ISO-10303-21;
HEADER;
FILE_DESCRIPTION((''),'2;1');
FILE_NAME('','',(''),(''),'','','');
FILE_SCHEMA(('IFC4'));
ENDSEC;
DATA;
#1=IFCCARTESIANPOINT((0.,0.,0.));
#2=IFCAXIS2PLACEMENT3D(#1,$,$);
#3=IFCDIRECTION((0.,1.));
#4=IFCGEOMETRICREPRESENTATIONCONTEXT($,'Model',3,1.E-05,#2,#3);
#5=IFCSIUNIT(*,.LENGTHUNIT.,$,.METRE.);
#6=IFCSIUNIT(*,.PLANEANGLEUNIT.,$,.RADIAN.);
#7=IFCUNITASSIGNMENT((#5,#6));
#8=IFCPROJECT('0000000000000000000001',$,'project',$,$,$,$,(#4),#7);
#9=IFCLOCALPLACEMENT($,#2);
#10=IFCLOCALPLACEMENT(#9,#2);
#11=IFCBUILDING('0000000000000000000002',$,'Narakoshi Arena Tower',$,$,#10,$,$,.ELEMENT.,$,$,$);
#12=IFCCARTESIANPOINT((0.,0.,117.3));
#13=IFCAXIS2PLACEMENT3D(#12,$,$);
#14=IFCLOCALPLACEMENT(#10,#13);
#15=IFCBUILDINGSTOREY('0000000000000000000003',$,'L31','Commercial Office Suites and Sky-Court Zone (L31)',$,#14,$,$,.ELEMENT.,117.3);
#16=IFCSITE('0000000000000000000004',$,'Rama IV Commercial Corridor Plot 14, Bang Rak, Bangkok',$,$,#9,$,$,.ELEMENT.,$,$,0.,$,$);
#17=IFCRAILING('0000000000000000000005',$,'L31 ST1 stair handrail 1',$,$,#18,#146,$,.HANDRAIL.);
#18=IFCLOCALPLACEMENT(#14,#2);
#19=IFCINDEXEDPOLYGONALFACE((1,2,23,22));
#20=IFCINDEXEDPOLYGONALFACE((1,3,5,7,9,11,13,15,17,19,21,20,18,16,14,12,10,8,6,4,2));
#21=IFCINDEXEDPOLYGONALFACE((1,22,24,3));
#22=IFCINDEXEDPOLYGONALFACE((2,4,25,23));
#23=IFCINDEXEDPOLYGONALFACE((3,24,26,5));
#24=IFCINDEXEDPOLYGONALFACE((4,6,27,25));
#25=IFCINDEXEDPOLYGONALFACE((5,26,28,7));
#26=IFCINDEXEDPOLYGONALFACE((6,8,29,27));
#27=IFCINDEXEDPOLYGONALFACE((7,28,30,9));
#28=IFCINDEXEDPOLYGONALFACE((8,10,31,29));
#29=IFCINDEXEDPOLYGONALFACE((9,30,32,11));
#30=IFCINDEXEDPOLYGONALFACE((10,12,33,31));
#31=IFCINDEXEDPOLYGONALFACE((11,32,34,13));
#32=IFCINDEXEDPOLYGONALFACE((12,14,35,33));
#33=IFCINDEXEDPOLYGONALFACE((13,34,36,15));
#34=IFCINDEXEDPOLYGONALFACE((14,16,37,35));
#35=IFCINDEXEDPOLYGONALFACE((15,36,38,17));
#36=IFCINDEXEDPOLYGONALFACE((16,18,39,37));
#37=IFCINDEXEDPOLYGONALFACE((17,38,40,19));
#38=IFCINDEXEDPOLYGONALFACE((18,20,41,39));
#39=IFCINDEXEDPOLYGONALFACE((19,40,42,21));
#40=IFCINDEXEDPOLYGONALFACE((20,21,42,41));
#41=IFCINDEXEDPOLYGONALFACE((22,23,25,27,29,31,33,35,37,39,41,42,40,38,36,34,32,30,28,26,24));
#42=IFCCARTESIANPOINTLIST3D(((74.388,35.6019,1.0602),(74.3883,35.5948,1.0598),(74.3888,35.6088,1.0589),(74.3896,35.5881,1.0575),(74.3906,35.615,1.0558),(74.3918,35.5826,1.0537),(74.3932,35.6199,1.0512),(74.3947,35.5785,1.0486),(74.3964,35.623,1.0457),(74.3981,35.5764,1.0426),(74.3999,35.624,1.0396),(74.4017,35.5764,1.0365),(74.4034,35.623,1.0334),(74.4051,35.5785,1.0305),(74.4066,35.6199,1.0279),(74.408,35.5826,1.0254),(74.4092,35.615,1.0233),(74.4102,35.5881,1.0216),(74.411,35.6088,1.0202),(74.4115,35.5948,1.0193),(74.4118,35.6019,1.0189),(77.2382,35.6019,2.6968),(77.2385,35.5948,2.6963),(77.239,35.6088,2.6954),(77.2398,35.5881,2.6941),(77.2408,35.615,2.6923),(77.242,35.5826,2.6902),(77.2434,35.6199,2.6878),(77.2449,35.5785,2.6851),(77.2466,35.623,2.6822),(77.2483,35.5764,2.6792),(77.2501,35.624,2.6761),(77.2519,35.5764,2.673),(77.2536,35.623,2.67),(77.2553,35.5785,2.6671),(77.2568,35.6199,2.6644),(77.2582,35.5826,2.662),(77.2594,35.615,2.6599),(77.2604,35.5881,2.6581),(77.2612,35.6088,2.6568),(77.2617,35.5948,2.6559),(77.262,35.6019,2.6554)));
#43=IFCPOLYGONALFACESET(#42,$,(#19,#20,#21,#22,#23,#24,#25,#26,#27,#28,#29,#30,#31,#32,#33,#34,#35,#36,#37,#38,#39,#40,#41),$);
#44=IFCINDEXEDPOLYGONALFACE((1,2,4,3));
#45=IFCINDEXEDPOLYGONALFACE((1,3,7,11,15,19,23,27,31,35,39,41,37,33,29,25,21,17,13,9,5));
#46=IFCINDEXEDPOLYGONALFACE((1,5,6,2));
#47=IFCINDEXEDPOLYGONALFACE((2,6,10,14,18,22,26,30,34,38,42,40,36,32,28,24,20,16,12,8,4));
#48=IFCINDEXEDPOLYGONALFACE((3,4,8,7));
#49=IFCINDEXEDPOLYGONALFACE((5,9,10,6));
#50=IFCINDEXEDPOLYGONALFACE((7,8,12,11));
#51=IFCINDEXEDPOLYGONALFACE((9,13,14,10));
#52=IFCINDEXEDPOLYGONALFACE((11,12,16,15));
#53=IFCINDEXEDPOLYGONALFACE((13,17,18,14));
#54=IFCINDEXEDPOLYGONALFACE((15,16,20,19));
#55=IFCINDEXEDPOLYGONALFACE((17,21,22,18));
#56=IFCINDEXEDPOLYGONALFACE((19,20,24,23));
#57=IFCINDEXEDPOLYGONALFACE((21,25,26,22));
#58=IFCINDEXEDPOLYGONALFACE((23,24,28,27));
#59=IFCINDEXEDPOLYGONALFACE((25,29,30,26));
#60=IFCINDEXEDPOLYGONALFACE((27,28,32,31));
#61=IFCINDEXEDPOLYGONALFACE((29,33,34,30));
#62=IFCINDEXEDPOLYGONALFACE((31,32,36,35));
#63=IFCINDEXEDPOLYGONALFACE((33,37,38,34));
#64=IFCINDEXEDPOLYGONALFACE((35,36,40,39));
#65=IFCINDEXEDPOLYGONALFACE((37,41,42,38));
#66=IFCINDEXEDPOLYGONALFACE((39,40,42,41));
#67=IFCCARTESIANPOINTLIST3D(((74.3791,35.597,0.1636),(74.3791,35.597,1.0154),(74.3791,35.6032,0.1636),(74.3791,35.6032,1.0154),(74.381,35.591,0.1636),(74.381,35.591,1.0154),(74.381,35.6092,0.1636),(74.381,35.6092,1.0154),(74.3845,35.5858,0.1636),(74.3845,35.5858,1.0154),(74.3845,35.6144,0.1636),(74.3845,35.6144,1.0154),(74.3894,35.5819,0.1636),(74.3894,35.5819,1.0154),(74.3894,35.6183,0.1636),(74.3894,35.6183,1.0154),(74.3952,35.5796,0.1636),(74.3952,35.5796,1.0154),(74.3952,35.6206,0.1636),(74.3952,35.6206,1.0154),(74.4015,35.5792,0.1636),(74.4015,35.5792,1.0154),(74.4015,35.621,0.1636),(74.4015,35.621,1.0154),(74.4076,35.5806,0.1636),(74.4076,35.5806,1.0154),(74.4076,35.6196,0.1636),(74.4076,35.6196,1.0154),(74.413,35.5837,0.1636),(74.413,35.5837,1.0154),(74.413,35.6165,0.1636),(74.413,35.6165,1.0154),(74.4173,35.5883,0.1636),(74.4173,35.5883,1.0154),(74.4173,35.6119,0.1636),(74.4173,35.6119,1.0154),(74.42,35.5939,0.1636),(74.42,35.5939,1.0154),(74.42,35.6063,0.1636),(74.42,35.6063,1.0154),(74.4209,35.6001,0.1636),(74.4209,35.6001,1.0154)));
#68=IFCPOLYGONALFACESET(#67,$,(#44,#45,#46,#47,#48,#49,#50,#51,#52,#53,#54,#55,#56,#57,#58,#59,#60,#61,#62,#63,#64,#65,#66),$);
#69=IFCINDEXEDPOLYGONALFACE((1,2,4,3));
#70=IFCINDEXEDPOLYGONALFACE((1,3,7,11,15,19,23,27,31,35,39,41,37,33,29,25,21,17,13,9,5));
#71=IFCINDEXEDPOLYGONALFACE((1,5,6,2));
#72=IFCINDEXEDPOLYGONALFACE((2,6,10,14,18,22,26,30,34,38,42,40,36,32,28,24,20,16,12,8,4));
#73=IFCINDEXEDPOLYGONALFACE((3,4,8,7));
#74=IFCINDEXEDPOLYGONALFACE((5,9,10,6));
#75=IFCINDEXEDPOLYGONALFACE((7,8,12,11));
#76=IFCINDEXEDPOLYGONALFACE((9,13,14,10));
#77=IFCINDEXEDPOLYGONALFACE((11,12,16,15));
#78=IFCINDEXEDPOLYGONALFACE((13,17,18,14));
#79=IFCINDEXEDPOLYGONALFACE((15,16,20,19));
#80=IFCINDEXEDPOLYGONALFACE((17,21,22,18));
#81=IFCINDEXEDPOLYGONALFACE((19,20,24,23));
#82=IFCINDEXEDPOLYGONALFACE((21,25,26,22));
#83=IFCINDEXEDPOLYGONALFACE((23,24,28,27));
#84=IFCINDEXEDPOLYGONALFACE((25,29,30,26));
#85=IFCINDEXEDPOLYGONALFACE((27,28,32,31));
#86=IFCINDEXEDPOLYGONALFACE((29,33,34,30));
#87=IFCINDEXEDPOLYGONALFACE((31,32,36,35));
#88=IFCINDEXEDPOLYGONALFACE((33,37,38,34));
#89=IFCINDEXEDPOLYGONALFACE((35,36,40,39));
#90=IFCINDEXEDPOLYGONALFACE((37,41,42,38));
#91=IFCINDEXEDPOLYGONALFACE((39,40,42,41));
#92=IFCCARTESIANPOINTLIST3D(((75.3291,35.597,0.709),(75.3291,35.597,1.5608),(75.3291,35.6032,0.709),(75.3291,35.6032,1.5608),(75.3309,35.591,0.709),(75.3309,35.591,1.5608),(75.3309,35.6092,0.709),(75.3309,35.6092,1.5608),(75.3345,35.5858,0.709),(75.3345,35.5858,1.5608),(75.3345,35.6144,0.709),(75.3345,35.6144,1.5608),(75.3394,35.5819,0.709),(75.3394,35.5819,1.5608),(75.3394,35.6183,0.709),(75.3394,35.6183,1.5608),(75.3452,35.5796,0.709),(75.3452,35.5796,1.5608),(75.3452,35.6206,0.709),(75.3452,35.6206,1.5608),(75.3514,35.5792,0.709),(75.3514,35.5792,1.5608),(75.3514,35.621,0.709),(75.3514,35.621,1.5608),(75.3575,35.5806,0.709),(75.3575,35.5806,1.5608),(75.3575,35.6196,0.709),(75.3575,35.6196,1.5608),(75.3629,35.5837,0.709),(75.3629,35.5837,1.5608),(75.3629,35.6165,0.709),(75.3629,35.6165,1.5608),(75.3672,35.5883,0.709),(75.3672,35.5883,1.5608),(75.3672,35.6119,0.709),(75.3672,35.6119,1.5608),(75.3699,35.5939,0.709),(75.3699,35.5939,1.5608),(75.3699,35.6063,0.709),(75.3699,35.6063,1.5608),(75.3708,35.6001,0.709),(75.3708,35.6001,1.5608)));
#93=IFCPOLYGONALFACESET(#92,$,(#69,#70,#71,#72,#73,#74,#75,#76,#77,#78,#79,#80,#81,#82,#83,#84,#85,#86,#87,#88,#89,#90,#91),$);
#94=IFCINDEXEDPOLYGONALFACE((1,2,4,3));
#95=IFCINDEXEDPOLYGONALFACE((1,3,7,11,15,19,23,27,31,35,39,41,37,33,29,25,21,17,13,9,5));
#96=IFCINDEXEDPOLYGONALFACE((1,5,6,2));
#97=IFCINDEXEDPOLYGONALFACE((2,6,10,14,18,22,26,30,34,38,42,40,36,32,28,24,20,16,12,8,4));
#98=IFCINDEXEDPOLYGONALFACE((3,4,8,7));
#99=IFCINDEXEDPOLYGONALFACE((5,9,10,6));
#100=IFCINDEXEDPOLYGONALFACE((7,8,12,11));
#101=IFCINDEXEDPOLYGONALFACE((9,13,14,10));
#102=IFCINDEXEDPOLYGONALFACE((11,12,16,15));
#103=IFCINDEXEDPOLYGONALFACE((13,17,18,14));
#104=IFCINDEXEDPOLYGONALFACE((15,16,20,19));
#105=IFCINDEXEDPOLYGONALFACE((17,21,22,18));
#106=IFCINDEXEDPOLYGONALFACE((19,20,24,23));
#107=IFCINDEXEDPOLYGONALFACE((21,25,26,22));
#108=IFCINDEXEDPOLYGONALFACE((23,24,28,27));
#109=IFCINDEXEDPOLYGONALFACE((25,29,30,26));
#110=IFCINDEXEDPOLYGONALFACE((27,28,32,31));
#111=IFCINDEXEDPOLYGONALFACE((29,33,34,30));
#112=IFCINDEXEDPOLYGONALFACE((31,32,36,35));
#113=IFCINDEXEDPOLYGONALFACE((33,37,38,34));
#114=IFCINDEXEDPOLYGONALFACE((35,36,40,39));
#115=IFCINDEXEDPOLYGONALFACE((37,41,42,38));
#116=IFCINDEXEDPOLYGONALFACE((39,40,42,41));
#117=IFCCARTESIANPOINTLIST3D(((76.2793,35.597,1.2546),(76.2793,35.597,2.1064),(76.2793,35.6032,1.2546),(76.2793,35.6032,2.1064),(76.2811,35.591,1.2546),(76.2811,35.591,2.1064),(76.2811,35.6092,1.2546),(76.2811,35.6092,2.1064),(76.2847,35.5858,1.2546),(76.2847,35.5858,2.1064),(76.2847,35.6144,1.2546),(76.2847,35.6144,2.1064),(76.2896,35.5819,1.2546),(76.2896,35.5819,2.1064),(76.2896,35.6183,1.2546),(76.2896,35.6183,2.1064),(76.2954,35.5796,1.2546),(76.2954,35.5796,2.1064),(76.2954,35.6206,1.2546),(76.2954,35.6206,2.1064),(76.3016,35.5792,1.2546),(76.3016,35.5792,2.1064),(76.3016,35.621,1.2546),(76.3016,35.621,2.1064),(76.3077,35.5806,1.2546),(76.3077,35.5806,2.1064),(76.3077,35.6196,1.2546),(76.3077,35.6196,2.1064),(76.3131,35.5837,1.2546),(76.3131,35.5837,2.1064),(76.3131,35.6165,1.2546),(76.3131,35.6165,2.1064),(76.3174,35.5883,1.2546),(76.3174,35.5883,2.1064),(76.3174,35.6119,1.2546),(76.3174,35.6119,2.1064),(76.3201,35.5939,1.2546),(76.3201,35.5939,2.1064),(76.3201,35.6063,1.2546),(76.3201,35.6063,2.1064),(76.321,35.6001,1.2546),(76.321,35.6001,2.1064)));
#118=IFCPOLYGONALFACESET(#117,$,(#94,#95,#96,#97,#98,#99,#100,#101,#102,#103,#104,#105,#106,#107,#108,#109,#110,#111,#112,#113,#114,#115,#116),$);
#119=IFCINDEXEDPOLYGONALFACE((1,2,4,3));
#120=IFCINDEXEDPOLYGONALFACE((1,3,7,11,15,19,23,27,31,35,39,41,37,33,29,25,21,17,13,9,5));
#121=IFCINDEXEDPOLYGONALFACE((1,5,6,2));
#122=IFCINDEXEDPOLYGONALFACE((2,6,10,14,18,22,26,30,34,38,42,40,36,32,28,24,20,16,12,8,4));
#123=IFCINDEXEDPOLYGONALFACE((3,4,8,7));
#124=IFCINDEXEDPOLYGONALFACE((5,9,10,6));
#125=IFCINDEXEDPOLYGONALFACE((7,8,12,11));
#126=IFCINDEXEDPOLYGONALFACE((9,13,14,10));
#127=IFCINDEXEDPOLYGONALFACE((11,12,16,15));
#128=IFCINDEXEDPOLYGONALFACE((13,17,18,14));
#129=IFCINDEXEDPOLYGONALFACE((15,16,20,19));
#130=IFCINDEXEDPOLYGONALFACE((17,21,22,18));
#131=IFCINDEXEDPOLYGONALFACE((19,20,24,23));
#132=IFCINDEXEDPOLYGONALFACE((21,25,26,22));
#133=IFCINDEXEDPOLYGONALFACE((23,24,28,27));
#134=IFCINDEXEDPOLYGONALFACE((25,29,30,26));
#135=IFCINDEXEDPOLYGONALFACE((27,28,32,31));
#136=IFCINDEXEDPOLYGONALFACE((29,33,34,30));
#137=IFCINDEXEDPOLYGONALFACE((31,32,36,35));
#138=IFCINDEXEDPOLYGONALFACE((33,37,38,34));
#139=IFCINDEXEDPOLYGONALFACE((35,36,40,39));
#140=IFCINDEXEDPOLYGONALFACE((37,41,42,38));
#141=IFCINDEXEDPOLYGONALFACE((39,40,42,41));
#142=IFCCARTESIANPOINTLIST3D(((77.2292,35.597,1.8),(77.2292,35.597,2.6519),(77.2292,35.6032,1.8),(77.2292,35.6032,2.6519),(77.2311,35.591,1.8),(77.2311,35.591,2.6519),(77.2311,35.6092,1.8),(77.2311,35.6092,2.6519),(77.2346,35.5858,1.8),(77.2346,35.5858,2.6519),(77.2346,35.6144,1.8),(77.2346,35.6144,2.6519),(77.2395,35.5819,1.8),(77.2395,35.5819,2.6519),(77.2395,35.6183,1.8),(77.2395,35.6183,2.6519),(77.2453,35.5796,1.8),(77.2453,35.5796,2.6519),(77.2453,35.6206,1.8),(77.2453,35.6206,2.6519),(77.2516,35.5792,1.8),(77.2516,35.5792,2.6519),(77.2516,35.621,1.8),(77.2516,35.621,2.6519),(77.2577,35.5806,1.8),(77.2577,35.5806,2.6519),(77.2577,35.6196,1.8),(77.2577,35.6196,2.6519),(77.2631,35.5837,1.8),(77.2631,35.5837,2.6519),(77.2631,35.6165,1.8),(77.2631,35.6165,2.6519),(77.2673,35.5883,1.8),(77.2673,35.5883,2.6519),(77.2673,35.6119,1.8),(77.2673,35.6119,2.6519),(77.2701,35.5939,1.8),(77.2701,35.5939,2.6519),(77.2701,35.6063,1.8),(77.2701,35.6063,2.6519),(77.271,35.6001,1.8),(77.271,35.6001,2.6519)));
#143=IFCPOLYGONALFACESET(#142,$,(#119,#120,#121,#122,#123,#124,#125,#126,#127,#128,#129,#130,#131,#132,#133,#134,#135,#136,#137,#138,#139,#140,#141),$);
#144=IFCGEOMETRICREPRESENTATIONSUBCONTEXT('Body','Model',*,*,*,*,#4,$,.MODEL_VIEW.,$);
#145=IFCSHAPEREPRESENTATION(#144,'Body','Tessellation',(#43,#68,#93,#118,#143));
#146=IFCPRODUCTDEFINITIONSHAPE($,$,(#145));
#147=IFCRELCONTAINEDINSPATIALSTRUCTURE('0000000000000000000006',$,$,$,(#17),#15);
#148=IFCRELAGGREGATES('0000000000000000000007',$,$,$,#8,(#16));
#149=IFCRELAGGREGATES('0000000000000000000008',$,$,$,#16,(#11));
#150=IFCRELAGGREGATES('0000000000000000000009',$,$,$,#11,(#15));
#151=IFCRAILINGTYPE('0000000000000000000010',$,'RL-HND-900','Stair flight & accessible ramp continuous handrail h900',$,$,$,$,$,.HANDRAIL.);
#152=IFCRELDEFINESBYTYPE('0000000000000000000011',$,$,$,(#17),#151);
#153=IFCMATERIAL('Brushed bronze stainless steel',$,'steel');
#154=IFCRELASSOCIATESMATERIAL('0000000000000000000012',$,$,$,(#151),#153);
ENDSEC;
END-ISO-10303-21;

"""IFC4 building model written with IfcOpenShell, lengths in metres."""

from ifc_helpers import new_model, si_unit, direction, frame, origin, origin_2d, place, context, subcontext, project, spatial, circle, extrude, material, type_object, element, save


model = new_model("IFC4")

# Units and contexts
model_context = context("Model", 3, precision=1e-05, world=origin(), true_north=direction((0.0, 1.0)))
body_context = subcontext(model_context, "Body", "Model", "MODEL_VIEW")
ifc_project = project(units=[si_unit("LENGTHUNIT", "METRE"), si_unit("PLANEANGLEUNIT", "RADIAN")], contexts=[model_context])

# Site, building, storey
site_placement = place(None, origin())
site = spatial("IfcSite", under=ifc_project, at=site_placement, Name="Rama IV Commercial Corridor Plot 14, Bang Rak, Bangkok", CompositionType="ELEMENT", RefElevation=0.0)
building_placement = place(site_placement, origin())
building = spatial("IfcBuilding", under=site, at=building_placement, Name="Narakoshi Arena Tower", CompositionType="ELEMENT")
storey_placement = place(building_placement, frame((0.0, 0.0, 117.3)))
storey = spatial("IfcBuildingStorey", under=building, at=storey_placement, Name="L31", Description="Commercial Office Suites and Sky-Court Zone (L31)", CompositionType="ELEMENT", Elevation=117.3)

# Shared definitions
ifc_material_1 = material(Name="Brushed bronze stainless steel", Category="steel")

# Railing
railing_type_1 = type_object("IfcRailingType", Name="RL-HND-900", Description="Stair flight & accessible ramp continuous handrail h900", PredefinedType="HANDRAIL", material=ifc_material_1)
railing_1_placement = place(storey_placement, frame((74.3999, 35.6001, 0.1636)))
element("IfcRailing", 1, at=railing_1_placement, inside=storey, type_object=railing_type_1, Name="L31 ST1 stair handrail 1", PredefinedType="HANDRAIL", context=body_context, shape_type="SweptSolid", body=[
    extrude(circle(Radius=0.0239, at=origin_2d()), frame((0.0, 0.0, 0.876), z_axis=(0.867213, 0.0, 0.497938), x_axis=(0.0, 1.0, 0.0)), (0.0, 0.0, 1.0), 3.2866),
    extrude(circle(Radius=0.021, at=origin_2d()), origin(), (0.0, 0.0, 1.0), 0.8518),
    extrude(circle(Radius=0.021, at=origin_2d()), frame((0.95, 0.0, 0.5454)), (0.0, 0.0, 1.0), 0.8518),
    extrude(circle(Radius=0.021, at=origin_2d()), frame((1.9001, 0.0, 1.0911)), (0.0, 0.0, 1.0), 0.8518),
    extrude(circle(Radius=0.021, at=origin_2d()), frame((2.8501, 0.0, 1.6365)), (0.0, 0.0, 1.0), 0.8518),
])

save(model, "model.ifc")
